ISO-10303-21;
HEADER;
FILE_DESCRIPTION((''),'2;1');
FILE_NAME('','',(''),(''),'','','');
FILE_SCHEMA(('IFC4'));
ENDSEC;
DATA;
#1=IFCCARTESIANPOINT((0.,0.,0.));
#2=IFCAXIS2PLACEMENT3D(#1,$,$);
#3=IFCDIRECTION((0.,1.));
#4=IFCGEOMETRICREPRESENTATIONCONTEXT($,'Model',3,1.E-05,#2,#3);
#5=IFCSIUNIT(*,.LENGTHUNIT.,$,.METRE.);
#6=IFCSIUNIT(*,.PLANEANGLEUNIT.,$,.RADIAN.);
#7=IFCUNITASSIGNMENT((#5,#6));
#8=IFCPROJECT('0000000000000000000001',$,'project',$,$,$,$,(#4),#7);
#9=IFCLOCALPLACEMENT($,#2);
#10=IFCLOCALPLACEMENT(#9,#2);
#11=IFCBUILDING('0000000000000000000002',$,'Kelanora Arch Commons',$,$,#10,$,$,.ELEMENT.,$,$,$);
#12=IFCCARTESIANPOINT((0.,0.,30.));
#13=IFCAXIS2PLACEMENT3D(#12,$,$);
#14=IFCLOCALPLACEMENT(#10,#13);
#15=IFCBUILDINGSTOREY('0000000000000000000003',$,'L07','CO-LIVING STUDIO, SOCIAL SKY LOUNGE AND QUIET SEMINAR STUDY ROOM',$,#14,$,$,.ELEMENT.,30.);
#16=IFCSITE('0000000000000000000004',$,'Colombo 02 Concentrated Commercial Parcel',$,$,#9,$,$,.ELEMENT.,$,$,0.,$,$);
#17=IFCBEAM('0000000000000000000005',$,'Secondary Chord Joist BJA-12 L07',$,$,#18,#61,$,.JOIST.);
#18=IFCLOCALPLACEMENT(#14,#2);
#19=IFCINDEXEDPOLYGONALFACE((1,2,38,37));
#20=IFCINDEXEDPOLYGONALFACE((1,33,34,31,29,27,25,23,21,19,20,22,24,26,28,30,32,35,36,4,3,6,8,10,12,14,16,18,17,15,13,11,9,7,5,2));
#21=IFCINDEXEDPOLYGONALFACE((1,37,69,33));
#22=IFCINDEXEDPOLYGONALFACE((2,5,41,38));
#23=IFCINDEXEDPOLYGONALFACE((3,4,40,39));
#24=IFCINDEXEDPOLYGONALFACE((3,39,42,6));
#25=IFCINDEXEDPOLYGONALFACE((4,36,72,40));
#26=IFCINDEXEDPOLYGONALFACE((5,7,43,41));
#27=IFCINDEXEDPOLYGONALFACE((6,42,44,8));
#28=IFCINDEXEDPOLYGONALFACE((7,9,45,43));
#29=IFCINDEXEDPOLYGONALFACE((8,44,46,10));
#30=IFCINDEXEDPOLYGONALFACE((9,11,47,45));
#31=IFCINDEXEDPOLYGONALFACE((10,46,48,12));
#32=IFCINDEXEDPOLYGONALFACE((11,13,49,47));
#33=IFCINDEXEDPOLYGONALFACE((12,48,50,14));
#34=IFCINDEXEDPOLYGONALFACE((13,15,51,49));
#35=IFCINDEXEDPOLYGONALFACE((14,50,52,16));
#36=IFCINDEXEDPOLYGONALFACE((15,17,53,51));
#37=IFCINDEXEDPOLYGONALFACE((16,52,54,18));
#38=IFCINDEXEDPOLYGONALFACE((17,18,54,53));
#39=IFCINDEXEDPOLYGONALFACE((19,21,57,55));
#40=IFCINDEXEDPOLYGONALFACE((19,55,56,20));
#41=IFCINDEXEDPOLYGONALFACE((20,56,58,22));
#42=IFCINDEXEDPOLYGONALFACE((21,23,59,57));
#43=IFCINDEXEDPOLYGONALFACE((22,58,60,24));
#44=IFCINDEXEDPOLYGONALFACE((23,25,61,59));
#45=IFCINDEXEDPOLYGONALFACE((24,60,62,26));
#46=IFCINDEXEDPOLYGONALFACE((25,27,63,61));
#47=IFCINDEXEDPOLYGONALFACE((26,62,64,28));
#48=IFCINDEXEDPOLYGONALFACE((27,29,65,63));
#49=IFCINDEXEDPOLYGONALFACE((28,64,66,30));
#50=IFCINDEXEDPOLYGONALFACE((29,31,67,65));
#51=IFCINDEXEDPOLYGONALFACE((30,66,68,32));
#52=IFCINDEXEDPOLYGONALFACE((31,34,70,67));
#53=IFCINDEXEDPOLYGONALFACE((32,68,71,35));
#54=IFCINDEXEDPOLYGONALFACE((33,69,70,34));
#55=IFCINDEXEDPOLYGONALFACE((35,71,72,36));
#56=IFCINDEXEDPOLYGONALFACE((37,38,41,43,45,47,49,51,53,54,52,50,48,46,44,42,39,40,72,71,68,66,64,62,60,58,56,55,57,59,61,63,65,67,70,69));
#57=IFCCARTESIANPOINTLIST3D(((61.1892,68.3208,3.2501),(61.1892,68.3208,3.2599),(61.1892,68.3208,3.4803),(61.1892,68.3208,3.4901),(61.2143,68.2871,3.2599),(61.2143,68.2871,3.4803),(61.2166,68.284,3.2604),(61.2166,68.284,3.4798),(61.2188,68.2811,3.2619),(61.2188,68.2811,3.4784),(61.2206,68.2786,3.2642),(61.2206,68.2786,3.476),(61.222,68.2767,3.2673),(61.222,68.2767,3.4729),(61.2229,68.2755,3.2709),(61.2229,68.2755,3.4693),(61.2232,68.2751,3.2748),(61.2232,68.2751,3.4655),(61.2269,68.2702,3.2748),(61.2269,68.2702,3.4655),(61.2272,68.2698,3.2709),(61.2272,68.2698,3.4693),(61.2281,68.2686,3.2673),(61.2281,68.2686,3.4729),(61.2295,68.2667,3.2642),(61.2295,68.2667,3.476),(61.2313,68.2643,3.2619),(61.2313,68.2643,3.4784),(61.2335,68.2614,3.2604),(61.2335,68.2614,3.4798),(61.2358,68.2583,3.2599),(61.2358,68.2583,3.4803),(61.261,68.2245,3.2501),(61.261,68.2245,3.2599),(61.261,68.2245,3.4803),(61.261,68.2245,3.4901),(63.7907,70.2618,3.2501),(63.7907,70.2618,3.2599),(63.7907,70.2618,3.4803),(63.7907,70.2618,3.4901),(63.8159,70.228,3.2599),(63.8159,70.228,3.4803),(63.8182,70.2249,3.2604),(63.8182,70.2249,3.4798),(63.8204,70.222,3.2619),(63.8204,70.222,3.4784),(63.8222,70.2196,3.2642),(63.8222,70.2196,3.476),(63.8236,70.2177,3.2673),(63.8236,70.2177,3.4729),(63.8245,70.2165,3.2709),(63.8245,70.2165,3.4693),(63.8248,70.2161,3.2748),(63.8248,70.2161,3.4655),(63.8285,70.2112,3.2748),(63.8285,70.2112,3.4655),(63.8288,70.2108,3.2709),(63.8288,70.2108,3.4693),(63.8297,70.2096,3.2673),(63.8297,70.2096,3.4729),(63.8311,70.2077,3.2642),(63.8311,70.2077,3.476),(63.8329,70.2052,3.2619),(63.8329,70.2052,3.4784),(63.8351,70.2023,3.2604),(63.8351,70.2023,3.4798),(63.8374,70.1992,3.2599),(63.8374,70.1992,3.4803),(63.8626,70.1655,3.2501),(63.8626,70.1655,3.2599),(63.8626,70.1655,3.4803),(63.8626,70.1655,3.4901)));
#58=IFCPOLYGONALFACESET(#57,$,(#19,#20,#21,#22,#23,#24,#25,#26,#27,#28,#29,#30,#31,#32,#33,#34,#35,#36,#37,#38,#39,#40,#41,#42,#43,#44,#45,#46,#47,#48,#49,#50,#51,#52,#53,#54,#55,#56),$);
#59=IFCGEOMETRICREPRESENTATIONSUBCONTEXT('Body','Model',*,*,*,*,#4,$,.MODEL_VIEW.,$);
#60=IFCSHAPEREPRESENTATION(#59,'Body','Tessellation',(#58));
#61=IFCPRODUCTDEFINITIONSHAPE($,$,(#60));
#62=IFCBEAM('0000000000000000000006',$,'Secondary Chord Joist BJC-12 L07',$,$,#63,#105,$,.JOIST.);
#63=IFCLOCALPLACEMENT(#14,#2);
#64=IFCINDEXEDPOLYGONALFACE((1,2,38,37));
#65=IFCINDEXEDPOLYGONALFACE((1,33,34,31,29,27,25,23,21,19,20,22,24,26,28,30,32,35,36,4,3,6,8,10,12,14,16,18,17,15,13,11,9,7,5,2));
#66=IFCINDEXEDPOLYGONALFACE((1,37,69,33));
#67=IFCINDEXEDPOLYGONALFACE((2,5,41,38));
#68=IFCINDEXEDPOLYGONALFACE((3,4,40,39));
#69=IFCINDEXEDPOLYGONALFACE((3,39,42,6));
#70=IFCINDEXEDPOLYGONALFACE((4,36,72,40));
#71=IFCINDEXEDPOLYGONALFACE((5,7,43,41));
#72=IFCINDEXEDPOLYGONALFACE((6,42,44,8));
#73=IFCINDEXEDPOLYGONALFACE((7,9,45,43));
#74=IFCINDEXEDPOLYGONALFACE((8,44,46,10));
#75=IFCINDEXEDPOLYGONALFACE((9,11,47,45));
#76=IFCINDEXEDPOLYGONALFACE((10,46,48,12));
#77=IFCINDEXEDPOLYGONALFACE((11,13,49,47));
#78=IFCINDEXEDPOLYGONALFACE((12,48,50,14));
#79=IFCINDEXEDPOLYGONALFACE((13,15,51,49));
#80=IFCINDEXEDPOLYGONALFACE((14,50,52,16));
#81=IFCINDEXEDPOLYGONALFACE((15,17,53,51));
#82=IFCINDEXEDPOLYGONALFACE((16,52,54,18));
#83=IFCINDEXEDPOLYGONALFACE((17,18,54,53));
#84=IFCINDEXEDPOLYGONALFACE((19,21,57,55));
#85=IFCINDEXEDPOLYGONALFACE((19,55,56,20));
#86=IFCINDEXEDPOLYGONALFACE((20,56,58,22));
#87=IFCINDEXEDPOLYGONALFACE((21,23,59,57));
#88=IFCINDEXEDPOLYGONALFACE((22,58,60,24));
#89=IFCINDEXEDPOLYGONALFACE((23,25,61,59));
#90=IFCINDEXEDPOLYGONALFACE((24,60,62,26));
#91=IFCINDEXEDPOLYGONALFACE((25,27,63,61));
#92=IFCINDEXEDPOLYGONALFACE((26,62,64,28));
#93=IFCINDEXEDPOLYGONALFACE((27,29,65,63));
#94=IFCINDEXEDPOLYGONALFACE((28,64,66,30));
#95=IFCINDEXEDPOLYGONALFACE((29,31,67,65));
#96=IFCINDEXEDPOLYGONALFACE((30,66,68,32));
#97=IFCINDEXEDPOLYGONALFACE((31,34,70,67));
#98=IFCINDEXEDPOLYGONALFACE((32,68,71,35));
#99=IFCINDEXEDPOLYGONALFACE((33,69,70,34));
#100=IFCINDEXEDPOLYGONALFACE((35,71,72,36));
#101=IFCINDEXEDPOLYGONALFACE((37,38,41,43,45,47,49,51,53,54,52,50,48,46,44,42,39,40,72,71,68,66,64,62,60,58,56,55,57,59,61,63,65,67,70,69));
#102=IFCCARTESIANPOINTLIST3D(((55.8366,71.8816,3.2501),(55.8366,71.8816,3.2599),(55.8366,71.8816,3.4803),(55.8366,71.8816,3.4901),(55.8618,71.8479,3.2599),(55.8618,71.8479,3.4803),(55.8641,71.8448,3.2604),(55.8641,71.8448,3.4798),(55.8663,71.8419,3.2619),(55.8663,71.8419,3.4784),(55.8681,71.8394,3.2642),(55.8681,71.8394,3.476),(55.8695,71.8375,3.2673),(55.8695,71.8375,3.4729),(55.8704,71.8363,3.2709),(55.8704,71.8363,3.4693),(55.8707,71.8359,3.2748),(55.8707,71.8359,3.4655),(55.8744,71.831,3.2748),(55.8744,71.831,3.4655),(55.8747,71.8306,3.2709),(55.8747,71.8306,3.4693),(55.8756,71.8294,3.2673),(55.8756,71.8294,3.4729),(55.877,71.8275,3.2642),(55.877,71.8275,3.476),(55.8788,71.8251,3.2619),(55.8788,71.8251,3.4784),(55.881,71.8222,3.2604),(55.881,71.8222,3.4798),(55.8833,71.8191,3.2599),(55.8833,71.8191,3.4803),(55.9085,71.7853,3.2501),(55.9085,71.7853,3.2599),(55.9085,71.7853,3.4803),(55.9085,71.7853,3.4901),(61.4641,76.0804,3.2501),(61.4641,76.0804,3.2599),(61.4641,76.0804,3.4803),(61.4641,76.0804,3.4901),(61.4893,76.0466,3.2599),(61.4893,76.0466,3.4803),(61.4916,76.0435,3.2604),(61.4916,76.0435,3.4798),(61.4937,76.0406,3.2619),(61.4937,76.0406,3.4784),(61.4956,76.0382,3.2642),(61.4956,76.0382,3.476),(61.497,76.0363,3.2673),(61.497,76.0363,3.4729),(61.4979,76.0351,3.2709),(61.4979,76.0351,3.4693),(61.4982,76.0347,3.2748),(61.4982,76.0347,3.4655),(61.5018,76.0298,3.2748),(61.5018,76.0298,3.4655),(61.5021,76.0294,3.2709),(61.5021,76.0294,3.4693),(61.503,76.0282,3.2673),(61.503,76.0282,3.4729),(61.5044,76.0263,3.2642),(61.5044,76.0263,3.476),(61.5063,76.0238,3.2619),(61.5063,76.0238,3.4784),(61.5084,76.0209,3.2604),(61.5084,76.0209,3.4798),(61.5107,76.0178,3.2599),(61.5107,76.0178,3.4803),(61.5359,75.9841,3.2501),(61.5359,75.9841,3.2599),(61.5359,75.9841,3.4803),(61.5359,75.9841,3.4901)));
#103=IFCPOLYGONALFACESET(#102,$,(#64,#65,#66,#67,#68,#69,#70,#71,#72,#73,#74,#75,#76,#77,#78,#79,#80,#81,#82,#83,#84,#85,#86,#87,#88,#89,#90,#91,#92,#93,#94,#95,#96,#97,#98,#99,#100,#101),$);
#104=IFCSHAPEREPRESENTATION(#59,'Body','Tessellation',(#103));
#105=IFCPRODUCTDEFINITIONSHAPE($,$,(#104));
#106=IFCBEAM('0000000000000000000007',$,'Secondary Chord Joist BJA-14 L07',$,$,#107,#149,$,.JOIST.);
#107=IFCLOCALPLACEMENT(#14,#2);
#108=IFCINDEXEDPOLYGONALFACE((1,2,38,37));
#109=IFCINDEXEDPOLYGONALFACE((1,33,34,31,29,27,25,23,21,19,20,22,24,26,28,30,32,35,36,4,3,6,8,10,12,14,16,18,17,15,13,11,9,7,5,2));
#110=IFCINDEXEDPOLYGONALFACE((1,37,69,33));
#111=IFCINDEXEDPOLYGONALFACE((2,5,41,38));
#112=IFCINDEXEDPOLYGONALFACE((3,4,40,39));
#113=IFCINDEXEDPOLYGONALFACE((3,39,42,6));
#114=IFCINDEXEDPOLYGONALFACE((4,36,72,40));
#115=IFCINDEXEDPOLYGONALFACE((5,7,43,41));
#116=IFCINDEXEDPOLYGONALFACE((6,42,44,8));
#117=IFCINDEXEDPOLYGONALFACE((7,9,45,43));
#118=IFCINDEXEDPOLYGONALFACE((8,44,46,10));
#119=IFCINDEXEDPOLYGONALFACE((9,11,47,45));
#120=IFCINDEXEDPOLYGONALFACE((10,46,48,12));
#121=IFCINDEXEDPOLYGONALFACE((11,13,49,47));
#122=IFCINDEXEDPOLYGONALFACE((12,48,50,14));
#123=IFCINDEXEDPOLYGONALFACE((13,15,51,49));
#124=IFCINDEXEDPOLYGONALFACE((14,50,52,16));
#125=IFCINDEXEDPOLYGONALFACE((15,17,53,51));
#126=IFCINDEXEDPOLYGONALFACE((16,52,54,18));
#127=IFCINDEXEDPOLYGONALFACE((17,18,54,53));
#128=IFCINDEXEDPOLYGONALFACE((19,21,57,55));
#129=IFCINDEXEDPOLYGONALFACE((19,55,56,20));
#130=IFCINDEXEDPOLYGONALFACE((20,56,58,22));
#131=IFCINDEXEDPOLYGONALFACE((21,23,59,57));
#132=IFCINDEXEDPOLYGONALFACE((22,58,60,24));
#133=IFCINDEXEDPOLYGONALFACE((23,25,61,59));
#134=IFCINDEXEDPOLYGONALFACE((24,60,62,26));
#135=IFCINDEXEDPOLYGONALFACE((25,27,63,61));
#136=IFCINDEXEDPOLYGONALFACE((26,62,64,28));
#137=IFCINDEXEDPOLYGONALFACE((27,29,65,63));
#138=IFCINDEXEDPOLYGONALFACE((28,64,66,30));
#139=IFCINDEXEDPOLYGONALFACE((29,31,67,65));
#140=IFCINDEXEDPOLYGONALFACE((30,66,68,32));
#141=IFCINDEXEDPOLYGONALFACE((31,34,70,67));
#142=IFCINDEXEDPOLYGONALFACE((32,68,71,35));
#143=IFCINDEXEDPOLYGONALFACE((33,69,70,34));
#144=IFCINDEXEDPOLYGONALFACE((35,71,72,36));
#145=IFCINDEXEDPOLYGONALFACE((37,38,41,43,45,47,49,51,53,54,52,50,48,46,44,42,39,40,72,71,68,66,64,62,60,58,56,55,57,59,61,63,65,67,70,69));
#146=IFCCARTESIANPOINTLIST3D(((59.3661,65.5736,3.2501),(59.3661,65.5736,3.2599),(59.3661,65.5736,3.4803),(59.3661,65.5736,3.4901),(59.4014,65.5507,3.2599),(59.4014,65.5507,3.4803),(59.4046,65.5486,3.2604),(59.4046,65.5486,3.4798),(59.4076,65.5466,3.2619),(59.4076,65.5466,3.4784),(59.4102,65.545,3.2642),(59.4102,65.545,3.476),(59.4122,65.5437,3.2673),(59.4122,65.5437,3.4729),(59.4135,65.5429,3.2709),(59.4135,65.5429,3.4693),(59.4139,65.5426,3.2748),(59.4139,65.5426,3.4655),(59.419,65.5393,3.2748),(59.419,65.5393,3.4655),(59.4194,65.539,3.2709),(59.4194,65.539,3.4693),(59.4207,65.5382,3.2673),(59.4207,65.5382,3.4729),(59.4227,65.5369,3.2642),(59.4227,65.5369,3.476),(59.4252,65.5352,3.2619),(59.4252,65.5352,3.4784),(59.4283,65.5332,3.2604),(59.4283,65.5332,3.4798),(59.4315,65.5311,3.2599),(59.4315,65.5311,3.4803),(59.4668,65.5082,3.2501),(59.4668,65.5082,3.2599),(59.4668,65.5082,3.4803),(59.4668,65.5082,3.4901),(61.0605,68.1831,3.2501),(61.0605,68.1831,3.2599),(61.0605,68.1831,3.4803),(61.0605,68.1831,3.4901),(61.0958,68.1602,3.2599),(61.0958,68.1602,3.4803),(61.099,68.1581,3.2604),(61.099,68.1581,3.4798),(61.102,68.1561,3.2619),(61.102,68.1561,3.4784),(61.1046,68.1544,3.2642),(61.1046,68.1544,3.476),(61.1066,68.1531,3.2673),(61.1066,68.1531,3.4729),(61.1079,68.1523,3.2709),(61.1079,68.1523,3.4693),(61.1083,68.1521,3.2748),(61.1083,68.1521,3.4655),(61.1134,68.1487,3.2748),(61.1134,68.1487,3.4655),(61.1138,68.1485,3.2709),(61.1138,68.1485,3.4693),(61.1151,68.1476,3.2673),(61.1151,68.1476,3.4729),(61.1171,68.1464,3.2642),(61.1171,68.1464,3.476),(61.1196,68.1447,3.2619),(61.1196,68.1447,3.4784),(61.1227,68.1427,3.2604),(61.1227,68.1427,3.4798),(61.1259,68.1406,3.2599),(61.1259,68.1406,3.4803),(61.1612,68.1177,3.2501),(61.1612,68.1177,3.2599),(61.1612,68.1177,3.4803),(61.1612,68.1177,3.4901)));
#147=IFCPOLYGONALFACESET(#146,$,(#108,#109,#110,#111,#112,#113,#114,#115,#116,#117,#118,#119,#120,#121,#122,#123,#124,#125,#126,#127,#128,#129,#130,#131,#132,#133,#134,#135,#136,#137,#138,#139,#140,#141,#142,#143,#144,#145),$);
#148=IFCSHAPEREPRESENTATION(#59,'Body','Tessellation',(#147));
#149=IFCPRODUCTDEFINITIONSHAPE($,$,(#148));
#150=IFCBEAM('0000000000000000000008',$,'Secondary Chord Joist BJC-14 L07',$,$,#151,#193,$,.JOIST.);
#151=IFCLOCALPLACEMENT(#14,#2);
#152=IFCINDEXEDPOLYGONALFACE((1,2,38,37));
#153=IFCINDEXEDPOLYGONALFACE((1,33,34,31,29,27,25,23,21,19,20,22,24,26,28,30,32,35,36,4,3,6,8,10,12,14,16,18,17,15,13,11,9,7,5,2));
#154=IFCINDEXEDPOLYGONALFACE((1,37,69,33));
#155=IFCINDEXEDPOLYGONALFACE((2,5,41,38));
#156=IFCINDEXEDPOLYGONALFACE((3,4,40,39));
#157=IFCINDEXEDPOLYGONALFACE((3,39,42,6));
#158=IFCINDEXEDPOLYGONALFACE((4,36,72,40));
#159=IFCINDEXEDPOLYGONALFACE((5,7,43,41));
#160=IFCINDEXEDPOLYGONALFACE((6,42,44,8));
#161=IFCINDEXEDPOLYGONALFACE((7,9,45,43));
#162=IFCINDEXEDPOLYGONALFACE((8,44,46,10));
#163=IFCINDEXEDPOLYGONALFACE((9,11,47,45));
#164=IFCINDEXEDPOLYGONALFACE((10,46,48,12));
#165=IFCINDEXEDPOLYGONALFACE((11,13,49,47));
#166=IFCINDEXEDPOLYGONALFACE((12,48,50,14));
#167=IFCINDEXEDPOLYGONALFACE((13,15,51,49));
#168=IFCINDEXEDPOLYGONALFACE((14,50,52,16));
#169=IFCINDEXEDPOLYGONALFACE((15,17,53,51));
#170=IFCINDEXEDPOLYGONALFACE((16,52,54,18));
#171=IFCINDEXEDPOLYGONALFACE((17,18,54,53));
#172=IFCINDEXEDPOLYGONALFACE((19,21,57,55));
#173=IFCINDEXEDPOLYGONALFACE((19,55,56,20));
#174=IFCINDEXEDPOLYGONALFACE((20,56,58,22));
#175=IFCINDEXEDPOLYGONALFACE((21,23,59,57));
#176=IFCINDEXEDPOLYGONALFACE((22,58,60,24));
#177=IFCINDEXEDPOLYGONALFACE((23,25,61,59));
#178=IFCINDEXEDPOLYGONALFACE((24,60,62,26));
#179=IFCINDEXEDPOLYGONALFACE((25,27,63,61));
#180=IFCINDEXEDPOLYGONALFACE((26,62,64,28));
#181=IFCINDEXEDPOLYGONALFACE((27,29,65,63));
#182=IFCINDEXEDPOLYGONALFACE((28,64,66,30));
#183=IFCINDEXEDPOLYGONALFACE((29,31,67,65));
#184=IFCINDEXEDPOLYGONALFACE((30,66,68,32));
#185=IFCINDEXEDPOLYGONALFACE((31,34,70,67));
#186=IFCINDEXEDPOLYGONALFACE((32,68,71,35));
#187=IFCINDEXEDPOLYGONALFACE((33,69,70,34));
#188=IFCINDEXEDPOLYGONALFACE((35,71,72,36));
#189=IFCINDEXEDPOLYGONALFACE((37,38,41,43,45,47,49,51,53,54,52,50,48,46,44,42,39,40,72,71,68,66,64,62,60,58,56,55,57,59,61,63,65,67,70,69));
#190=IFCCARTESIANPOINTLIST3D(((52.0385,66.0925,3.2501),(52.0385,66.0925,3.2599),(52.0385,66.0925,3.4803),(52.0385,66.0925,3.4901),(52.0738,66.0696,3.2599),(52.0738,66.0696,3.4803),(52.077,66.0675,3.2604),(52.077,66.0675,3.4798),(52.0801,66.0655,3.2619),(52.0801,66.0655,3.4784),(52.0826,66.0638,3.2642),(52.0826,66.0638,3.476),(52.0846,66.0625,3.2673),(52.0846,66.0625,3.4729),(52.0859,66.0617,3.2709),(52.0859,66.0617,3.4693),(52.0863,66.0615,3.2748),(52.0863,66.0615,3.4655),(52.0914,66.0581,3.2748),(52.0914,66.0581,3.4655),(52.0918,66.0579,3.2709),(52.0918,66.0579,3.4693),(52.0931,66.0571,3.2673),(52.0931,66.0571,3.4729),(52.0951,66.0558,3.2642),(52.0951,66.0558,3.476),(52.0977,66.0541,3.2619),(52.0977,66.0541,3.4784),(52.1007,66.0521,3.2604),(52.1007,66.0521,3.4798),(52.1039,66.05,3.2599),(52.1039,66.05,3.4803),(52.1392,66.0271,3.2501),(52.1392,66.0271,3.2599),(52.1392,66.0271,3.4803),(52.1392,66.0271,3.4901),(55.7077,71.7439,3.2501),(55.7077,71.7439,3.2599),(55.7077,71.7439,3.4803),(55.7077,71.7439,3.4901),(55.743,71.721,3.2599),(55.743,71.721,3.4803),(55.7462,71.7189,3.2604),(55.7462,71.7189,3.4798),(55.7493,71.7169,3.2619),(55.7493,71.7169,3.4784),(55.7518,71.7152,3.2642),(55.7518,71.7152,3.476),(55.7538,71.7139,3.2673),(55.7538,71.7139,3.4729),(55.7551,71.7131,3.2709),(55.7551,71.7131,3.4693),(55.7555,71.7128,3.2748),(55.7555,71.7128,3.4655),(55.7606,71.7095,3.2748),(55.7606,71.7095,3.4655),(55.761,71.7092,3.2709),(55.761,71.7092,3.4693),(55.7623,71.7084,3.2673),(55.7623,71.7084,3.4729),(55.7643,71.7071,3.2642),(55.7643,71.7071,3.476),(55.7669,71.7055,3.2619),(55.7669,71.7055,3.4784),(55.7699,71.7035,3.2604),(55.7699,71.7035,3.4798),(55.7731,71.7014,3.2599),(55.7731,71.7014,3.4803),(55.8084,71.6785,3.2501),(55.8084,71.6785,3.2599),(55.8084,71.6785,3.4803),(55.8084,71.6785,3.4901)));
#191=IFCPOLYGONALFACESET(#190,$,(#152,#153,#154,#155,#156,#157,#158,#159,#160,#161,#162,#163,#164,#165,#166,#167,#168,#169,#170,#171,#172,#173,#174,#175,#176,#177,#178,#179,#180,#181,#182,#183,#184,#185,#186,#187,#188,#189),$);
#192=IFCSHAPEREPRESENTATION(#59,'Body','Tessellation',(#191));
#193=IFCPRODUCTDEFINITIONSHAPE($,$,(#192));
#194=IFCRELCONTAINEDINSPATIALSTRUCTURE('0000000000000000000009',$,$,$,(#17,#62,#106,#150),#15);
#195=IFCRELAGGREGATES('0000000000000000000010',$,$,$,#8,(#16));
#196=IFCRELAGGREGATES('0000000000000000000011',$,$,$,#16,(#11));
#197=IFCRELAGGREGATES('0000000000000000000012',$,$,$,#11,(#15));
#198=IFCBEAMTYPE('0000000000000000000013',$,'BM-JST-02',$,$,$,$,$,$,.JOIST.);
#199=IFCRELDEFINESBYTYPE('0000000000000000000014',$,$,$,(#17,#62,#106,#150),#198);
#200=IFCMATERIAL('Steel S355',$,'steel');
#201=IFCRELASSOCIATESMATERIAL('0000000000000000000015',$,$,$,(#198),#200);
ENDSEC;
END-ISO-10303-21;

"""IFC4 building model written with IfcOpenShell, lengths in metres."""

from ifc_helpers import new_model, si_unit, direction, frame, origin, origin_2d, place, context, subcontext, project, spatial, i_section, extrude, material, material_profile, profile_set, type_object, element, save


model = new_model("IFC4")

# Units and contexts
model_context = context("Model", 3, precision=1e-05, world=origin(), true_north=direction((0.0, 1.0)))
body_context = subcontext(model_context, "Body", "Model", "MODEL_VIEW")
ifc_project = project(units=[si_unit("LENGTHUNIT", "METRE"), si_unit("PLANEANGLEUNIT", "RADIAN")], contexts=[model_context])

# Site, building, storey
site_placement = place(None, origin())
site = spatial("IfcSite", under=ifc_project, at=site_placement, Name="Colombo 02 Concentrated Commercial Parcel", CompositionType="ELEMENT", RefElevation=0.0)
building_placement = place(site_placement, origin())
building = spatial("IfcBuilding", under=site, at=building_placement, Name="Kelanora Arch Commons", CompositionType="ELEMENT")
storey_placement = place(building_placement, frame((0.0, 0.0, 30.0)))
storey = spatial("IfcBuildingStorey", under=building, at=storey_placement, Name="L07", Description="CO-LIVING STUDIO, SOCIAL SKY LOUNGE AND QUIET SEMINAR STUDY ROOM", CompositionType="ELEMENT", Elevation=30.0)

# Beams
ifc_material_1 = material(Name="Steel S355", Category="steel")
ifc_material_profile_1 = material_profile(ifc_material_1, i_section(OverallWidth=0.1201, OverallDepth=0.24, WebThickness=0.0061, FlangeThickness=0.0098, FilletRadius=0.0149, at=origin_2d()), Name="IPE240")
ifc_profile_set_1 = profile_set([ifc_material_profile_1], Name="Steel S355")
beam_type_1 = type_object("IfcBeamType", Name="BM-JST-02", PredefinedType="JOIST", material=ifc_profile_set_1)
beam_1_placement = place(storey_placement, frame((63.8267, 70.2136, 3.3701), z_axis=(-0.801514, -0.597976, 0.0), x_axis=(0.597976, -0.801514, 0.0)))
element("IfcBeam", 1, at=beam_1_placement, inside=storey, type_object=beam_type_1, Name="Secondary Chord Joist BJA-12 L07", PredefinedType="JOIST", context=body_context, shape_type="SweptSolid", body=[
    extrude(i_section(OverallWidth=0.1201, OverallDepth=0.24, WebThickness=0.0061, FlangeThickness=0.0098, FilletRadius=0.0149, at=origin_2d()), origin(), (0.0, 0.0, 1.0), 3.2458),
])
beam_2_placement = place(storey_placement, frame((61.5, 76.0322, 3.3701), z_axis=(-0.801491, -0.598006, 0.0), x_axis=(0.598006, -0.801491, 0.0)))
element("IfcBeam", 2, at=beam_2_placement, inside=storey, type_object=beam_type_1, Name="Secondary Chord Joist BJC-12 L07", PredefinedType="JOIST", context=body_context, shape_type="SweptSolid", body=[
    extrude(i_section(OverallWidth=0.1201, OverallDepth=0.24, WebThickness=0.0061, FlangeThickness=0.0098, FilletRadius=0.0149, at=origin_2d()), origin(), (0.0, 0.0, 1.0), 7.0212),
])
beam_3_placement = place(storey_placement, frame((61.1108, 68.1504, 3.3701), z_axis=(-0.544591, -0.838702, 0.0), x_axis=(0.838702, -0.544591, 0.0)))
element("IfcBeam", 3, at=beam_3_placement, inside=storey, type_object=beam_type_1, Name="Secondary Chord Joist BJA-14 L07", PredefinedType="JOIST", context=body_context, shape_type="SweptSolid", body=[
    extrude(i_section(OverallWidth=0.1201, OverallDepth=0.24, WebThickness=0.0061, FlangeThickness=0.0098, FilletRadius=0.0149, at=origin_2d()), origin(), (0.0, 0.0, 1.0), 3.1113),
])
beam_4_placement = place(storey_placement, frame((55.7581, 71.7112, 3.3701), z_axis=(-0.54455, -0.838728, 0.0), x_axis=(0.838728, -0.54455, 0.0)))
element("IfcBeam", 4, at=beam_4_placement, inside=storey, type_object=beam_type_1, Name="Secondary Chord Joist BJC-14 L07", PredefinedType="JOIST", context=body_context, shape_type="SweptSolid", body=[
    extrude(i_section(OverallWidth=0.1201, OverallDepth=0.24, WebThickness=0.0061, FlangeThickness=0.0098, FilletRadius=0.0149, at=origin_2d()), origin(), (0.0, 0.0, 1.0), 6.738),
])

save(model, "model.ifc")
